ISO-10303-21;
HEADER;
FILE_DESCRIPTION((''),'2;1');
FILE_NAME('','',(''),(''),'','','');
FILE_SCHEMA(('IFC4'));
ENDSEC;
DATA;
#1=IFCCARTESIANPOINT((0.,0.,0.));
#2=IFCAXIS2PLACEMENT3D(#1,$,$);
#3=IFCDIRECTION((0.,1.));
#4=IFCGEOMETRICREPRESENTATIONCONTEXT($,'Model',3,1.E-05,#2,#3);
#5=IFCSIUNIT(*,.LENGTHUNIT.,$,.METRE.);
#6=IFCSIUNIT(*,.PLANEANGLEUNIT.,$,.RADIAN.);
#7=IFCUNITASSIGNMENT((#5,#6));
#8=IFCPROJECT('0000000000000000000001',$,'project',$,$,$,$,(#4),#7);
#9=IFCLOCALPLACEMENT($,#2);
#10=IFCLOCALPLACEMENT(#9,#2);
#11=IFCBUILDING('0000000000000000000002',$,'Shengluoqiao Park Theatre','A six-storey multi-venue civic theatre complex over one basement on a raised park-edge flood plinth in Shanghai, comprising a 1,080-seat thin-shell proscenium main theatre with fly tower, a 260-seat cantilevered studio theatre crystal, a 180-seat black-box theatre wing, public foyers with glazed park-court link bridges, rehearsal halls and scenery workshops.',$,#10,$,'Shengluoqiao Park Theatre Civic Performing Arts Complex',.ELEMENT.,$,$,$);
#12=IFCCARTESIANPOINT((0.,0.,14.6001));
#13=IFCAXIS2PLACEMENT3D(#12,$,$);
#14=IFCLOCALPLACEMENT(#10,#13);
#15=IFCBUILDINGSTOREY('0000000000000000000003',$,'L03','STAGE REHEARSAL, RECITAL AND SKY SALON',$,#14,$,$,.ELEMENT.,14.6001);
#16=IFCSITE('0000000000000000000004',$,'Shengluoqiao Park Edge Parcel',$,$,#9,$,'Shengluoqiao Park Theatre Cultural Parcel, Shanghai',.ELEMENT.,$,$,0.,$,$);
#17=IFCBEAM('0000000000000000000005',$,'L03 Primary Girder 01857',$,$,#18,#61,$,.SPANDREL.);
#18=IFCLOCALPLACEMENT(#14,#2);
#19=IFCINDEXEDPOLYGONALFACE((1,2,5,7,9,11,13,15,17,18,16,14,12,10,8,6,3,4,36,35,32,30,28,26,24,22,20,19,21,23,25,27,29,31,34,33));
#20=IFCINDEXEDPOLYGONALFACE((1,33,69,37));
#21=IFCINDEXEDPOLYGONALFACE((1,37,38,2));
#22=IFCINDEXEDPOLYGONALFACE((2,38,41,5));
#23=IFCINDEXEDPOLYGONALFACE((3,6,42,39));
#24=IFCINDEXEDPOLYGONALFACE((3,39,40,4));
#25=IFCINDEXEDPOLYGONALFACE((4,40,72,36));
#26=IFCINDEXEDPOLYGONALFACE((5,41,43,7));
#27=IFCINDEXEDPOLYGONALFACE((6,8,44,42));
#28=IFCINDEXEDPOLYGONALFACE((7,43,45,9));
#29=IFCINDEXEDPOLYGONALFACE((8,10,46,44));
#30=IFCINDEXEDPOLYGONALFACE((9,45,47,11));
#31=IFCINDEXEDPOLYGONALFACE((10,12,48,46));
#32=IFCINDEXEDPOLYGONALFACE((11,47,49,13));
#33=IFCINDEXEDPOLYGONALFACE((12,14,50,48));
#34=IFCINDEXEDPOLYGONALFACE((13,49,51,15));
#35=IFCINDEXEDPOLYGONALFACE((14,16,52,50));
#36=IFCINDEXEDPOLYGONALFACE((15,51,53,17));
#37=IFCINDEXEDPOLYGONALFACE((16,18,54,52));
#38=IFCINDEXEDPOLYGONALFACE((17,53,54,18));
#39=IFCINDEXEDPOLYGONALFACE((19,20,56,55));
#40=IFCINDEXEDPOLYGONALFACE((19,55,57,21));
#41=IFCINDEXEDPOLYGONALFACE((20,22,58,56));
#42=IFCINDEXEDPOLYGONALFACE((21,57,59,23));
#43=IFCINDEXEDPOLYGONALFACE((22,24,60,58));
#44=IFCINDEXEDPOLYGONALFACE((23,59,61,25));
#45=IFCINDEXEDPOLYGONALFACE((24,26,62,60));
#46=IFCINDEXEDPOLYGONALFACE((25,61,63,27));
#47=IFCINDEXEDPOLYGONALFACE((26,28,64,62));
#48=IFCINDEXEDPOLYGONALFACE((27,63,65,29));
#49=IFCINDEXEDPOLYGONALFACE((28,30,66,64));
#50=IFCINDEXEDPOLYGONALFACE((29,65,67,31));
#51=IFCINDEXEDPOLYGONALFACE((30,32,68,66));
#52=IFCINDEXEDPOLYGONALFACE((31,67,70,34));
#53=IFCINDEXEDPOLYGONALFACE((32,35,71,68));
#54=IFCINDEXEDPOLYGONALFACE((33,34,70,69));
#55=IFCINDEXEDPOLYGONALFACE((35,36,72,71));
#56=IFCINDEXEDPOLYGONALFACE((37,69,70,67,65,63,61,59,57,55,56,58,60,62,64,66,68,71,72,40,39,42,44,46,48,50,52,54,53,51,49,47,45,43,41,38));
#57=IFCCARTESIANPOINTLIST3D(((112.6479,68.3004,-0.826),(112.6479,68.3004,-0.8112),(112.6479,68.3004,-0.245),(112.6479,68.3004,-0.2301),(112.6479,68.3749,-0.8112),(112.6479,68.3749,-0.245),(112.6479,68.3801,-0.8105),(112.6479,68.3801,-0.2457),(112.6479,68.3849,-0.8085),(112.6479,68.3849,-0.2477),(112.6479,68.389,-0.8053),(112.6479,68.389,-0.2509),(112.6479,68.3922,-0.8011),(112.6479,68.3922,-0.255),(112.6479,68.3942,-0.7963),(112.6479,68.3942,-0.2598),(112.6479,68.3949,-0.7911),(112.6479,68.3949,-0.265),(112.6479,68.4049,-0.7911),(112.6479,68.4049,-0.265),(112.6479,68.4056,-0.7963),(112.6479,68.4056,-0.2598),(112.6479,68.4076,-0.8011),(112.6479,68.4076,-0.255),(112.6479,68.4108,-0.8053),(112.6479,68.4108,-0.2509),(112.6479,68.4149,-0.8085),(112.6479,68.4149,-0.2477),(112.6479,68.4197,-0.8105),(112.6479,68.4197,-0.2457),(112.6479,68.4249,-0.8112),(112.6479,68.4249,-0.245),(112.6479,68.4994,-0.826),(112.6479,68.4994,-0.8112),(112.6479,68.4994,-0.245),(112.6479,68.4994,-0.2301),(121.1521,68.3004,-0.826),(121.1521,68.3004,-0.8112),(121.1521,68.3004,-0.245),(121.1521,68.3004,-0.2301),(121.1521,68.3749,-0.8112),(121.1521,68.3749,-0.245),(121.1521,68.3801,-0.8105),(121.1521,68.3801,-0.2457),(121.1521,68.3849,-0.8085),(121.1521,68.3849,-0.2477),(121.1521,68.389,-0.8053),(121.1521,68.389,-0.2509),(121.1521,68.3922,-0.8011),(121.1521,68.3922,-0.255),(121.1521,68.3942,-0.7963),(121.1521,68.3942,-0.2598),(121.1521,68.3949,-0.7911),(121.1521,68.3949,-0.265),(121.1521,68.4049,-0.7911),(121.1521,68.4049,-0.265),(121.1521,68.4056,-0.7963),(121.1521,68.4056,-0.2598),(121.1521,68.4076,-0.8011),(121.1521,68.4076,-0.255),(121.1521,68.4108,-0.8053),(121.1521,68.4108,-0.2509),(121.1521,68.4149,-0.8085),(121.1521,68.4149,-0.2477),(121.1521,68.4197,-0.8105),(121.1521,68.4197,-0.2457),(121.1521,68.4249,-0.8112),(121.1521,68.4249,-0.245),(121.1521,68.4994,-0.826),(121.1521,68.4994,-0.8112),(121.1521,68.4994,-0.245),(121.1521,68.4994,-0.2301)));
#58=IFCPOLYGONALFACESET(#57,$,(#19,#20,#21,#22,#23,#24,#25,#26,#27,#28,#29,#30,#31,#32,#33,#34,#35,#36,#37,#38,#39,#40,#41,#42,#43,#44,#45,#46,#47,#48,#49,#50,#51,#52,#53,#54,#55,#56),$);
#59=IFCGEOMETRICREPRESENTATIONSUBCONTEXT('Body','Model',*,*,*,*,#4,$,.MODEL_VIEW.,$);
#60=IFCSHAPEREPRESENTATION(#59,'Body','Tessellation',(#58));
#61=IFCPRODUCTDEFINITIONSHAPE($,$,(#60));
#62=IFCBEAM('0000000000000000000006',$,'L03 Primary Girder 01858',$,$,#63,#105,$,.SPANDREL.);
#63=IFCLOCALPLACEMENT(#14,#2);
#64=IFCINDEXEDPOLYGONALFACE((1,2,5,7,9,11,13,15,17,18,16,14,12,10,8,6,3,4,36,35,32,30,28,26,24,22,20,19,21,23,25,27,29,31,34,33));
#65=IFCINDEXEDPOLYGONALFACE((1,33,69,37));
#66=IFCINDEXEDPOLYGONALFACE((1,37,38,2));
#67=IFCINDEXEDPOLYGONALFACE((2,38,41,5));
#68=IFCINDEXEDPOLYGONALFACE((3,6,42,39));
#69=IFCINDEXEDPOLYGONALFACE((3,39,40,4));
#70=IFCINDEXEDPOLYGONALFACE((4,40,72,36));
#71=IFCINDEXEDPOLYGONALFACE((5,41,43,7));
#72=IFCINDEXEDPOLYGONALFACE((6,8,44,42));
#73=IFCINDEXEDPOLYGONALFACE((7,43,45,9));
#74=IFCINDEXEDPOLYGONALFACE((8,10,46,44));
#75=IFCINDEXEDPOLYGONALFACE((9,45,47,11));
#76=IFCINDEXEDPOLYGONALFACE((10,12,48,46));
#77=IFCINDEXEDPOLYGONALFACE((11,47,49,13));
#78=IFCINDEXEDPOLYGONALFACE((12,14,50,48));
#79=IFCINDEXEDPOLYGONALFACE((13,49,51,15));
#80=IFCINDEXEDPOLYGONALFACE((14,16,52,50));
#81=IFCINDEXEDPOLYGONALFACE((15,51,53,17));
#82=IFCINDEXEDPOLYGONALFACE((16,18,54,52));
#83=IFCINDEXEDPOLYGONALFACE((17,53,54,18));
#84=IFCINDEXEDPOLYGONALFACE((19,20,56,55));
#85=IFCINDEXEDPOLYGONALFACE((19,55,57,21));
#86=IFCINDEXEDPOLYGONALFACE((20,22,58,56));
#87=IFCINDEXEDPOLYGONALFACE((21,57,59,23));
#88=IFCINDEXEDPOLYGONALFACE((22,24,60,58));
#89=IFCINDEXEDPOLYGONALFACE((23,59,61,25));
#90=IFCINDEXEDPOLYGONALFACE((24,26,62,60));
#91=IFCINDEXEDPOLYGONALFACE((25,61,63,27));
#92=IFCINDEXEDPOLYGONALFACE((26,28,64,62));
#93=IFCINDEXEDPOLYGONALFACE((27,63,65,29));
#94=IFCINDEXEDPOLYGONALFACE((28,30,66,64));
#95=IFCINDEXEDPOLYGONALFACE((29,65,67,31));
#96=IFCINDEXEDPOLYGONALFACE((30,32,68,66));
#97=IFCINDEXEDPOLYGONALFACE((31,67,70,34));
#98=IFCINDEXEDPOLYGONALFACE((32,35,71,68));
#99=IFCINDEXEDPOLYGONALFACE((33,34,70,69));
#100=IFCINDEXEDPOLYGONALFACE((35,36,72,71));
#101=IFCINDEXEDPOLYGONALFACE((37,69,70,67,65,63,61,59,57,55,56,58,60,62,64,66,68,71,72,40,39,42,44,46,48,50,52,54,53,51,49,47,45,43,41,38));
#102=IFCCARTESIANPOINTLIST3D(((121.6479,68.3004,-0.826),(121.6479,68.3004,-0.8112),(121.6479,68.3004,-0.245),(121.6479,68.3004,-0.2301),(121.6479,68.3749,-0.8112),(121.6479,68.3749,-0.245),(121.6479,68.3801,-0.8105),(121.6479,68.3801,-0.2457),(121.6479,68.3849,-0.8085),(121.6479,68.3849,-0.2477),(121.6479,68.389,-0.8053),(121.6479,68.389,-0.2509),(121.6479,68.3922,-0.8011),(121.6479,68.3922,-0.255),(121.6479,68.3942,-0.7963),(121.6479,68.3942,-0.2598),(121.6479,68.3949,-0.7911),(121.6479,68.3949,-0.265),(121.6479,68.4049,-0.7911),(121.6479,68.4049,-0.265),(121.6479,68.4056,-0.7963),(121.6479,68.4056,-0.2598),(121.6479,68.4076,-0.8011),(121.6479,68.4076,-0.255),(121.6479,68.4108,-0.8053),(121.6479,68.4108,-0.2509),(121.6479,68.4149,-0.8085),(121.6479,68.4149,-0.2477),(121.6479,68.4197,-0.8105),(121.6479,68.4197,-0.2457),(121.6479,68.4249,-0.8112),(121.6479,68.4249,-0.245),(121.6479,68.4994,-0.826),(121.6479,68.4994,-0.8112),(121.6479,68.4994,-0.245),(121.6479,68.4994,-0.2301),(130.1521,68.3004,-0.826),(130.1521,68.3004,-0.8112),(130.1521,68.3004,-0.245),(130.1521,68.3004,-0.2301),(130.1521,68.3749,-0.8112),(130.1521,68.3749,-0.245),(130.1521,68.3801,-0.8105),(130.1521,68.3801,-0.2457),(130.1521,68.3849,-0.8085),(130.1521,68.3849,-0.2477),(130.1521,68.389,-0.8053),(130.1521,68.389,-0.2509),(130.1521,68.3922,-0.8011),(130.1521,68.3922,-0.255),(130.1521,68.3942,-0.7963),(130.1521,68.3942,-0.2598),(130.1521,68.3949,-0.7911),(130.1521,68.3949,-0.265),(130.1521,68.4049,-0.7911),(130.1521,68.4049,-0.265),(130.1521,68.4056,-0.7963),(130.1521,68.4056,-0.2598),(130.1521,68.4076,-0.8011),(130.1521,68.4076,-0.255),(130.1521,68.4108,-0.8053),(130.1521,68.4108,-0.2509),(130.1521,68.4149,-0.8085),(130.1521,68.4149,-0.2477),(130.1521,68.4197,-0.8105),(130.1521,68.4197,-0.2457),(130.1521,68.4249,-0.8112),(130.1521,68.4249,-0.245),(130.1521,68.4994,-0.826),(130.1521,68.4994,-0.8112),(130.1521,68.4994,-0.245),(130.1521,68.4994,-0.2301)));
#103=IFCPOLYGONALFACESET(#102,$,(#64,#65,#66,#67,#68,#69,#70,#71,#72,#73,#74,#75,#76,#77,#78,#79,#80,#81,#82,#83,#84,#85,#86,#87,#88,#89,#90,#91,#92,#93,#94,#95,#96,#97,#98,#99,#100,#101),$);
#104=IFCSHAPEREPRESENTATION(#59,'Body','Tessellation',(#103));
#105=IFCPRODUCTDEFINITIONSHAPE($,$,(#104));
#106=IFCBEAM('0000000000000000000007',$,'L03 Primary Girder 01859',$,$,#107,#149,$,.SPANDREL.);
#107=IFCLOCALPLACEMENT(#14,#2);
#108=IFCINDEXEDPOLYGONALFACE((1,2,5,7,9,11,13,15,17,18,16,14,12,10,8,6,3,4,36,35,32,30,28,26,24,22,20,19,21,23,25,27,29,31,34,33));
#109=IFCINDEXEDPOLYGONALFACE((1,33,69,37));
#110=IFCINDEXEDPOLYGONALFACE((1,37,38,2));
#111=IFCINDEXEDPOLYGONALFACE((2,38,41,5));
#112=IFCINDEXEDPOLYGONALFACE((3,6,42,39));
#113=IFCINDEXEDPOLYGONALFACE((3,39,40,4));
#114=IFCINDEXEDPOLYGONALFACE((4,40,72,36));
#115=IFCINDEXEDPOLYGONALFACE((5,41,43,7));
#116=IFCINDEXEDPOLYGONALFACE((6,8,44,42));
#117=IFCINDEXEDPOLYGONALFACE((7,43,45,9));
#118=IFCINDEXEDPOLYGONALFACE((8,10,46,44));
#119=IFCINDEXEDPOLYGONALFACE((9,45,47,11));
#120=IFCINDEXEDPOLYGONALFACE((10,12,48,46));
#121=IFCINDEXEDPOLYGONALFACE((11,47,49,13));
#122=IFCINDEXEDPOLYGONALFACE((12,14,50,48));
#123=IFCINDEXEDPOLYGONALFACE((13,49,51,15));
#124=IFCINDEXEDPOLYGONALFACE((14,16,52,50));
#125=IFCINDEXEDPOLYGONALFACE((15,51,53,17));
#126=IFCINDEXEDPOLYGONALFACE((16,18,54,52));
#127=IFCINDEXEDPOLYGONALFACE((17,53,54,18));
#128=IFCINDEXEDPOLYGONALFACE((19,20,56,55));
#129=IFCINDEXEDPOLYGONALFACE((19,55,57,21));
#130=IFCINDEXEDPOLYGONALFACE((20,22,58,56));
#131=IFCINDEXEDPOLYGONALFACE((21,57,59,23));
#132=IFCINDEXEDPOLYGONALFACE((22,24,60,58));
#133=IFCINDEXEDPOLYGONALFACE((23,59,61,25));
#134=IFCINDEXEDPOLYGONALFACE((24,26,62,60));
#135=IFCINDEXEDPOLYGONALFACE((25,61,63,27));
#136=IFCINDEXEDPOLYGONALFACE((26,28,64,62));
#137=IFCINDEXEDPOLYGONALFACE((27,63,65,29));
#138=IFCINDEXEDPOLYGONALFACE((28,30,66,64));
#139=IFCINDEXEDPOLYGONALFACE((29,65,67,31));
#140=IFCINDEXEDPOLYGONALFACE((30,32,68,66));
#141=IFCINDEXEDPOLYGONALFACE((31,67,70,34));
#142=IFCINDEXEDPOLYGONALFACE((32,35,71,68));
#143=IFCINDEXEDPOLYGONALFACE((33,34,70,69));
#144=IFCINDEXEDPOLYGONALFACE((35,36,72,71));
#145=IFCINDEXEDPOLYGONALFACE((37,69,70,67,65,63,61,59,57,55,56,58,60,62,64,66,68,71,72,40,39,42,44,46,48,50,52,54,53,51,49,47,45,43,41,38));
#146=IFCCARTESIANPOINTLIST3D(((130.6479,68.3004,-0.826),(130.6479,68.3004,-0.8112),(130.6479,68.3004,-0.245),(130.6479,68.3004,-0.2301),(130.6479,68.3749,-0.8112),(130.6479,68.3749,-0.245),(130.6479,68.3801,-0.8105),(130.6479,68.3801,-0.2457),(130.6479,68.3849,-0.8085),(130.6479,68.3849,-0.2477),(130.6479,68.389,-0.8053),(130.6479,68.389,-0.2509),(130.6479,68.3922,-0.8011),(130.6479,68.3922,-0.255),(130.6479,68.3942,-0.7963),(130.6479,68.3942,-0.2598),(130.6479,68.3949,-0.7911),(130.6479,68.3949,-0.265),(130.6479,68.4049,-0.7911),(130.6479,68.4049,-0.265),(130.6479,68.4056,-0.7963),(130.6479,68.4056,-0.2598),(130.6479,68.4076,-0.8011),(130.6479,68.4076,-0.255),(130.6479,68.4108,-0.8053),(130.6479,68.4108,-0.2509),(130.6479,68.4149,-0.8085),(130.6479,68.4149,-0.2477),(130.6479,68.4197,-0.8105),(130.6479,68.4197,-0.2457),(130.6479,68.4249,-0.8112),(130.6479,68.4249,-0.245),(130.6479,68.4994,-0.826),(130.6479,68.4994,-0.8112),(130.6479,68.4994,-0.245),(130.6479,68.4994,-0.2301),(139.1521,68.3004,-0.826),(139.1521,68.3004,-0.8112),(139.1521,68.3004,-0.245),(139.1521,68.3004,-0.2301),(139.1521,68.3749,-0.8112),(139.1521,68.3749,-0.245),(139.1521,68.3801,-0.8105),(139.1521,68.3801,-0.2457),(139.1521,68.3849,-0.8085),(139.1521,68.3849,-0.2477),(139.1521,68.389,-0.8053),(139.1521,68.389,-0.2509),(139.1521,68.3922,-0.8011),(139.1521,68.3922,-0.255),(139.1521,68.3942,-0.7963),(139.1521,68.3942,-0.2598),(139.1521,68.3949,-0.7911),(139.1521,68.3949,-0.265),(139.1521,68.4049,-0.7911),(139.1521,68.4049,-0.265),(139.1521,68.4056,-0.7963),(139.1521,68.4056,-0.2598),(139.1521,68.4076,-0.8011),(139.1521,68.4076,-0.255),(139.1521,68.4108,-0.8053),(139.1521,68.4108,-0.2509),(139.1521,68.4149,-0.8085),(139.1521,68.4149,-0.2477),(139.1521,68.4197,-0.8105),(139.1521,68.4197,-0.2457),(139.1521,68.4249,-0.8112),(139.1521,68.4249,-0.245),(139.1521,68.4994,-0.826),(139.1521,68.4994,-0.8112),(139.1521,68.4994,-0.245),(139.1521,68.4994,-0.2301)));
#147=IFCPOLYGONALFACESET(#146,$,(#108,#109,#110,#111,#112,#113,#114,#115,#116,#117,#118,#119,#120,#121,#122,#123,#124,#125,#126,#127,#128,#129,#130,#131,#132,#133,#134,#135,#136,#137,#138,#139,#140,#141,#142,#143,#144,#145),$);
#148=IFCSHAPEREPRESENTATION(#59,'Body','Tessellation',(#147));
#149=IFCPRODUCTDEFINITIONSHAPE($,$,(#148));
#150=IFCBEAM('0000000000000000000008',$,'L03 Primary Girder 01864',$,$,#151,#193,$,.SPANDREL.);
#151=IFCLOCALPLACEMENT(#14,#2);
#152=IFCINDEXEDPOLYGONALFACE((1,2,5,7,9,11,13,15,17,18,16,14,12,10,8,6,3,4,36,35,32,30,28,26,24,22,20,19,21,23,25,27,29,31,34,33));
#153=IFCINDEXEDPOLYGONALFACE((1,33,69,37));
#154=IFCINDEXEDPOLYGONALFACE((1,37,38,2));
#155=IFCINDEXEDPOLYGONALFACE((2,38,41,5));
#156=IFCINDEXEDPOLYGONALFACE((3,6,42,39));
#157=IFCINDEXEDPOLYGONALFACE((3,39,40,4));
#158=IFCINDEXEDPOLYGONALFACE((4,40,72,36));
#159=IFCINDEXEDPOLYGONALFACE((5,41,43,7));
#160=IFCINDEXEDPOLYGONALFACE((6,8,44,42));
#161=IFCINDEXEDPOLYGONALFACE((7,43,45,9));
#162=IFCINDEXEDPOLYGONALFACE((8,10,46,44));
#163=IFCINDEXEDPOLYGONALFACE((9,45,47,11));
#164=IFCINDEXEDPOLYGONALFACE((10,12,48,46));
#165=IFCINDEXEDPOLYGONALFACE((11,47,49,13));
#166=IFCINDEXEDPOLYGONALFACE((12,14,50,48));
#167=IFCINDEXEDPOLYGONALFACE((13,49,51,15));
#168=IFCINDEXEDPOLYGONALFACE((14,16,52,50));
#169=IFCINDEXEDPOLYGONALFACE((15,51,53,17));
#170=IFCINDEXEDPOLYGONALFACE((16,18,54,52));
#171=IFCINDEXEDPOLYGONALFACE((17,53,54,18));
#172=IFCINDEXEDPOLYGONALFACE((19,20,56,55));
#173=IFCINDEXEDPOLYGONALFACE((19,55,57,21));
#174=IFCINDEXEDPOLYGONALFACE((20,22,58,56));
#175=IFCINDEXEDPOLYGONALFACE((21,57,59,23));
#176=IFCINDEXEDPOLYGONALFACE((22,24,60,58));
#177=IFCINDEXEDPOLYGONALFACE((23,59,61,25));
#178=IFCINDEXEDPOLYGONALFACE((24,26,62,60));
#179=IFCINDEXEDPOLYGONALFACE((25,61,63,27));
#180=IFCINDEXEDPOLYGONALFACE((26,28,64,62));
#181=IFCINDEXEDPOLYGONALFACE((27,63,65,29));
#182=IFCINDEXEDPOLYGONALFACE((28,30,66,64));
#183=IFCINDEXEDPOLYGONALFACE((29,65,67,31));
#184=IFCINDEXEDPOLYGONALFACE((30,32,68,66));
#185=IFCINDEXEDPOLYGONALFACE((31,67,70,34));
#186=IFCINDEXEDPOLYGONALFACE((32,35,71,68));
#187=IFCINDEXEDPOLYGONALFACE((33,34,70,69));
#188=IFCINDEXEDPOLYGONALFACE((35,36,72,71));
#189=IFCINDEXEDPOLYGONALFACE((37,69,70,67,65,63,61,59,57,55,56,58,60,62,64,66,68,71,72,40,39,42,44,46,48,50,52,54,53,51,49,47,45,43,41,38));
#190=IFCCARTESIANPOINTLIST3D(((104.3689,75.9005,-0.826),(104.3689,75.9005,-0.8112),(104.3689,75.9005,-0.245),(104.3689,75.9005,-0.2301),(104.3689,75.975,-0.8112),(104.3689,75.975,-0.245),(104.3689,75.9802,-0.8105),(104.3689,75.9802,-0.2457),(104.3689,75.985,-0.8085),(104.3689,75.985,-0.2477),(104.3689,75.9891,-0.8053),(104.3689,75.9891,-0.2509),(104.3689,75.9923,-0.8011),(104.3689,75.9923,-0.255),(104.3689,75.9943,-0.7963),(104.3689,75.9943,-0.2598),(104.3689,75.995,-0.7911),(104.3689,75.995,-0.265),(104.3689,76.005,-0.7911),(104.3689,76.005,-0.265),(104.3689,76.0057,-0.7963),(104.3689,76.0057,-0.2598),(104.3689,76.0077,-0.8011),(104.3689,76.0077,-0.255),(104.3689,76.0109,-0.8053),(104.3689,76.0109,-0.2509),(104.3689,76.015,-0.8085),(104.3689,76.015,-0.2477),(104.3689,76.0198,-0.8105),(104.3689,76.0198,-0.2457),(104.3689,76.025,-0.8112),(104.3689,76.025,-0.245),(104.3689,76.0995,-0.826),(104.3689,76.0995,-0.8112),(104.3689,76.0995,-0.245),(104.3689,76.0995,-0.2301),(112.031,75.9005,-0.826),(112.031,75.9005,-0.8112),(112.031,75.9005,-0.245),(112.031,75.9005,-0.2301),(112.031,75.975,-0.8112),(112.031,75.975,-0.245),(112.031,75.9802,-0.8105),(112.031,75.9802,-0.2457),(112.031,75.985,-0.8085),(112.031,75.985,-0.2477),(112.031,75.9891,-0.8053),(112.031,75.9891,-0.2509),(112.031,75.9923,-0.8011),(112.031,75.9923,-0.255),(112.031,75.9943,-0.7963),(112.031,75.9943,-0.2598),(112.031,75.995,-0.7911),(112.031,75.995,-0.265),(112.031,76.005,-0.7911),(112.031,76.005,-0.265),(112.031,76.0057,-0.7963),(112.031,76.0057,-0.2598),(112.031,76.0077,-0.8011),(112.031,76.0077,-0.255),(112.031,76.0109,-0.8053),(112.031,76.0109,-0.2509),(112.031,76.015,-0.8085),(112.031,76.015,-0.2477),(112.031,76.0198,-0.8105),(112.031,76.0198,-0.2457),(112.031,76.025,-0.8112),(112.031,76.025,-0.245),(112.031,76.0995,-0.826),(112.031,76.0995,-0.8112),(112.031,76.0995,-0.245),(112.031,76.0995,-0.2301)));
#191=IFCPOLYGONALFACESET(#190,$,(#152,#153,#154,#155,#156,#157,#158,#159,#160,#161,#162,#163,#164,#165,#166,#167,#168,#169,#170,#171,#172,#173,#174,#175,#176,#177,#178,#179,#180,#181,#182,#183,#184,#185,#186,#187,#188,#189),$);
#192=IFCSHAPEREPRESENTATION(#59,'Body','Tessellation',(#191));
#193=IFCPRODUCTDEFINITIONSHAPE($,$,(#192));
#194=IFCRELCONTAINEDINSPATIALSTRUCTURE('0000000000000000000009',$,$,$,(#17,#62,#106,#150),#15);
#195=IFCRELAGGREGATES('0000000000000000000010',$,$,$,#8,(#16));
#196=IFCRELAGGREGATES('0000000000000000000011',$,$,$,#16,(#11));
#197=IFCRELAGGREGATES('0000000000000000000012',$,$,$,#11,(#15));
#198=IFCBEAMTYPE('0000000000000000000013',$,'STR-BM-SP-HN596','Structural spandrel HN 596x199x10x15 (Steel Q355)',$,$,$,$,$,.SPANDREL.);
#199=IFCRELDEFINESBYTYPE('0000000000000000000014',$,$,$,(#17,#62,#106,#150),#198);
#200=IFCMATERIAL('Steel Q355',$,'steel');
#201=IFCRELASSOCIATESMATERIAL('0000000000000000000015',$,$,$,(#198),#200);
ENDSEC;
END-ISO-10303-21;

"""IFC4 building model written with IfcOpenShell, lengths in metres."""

from ifc_helpers import new_model, si_unit, direction, frame, origin, origin_2d, place, context, subcontext, project, spatial, i_section, extrude, material, material_profile, profile_set, type_object, element, save


model = new_model("IFC4")

# Units and contexts
model_context = context("Model", 3, precision=1e-05, world=origin(), true_north=direction((0.0, 1.0)))
body_context = subcontext(model_context, "Body", "Model", "MODEL_VIEW")
ifc_project = project(units=[si_unit("LENGTHUNIT", "METRE"), si_unit("PLANEANGLEUNIT", "RADIAN")], contexts=[model_context])

# Site, building, storey
site_placement = place(None, origin())
site = spatial("IfcSite", under=ifc_project, at=site_placement, Name="Shengluoqiao Park Edge Parcel", LongName="Shengluoqiao Park Theatre Cultural Parcel, Shanghai", CompositionType="ELEMENT", RefElevation=0.0)
building_placement = place(site_placement, origin())
building = spatial("IfcBuilding", under=site, at=building_placement, Name="Shengluoqiao Park Theatre", Description="A six-storey multi-venue civic theatre complex over one basement on a raised park-edge flood plinth in Shanghai, comprising a 1,080-seat thin-shell proscenium main theatre with fly tower, a 260-seat cantilevered studio theatre crystal, a 180-seat black-box theatre wing, public foyers with glazed park-court link bridges, rehearsal halls and scenery workshops.", LongName="Shengluoqiao Park Theatre Civic Performing Arts Complex", CompositionType="ELEMENT")
storey_placement = place(building_placement, frame((0.0, 0.0, 14.6001)))
storey = spatial("IfcBuildingStorey", under=building, at=storey_placement, Name="L03", Description="STAGE REHEARSAL, RECITAL AND SKY SALON", CompositionType="ELEMENT", Elevation=14.6001)

# Beams
ifc_material = material(Name="Steel Q355", Category="steel")
ifc_material_profile_1 = material_profile(ifc_material, i_section(OverallWidth=0.199, OverallDepth=0.5959, WebThickness=0.01, FlangeThickness=0.0149, FilletRadius=0.02, at=origin_2d()), Name="HN 596x199x10x15")
ifc_profile_set_1 = profile_set([ifc_material_profile_1], Name="Steel Q355")
beam_type_1 = type_object("IfcBeamType", Name="STR-BM-SP-HN596", Description="Structural spandrel HN 596x199x10x15 (Steel Q355)", PredefinedType="SPANDREL", material=ifc_profile_set_1)
for number, where, z_axis, x_axis, name in (
    (1, (112.6479, 68.3999, -0.5281), (1.0, 0.0, 0.0), (0.0, 1.0, 0.0), "L03 Primary Girder 01857"),
    (2, (121.6479, 68.3999, -0.5281), (1.0, 0.0, 0.0), (0.0, 1.0, 0.0), "L03 Primary Girder 01858"),
    (3, (130.6479, 68.3999, -0.5281), (1.0, 0.0, 0.0), (0.0, 1.0, 0.0), "L03 Primary Girder 01859"),
):
    element("IfcBeam", number, at=place(storey_placement, frame(where, z_axis=z_axis, x_axis=x_axis)), inside=storey, type_object=beam_type_1, Name=name, PredefinedType="SPANDREL", context=body_context, shape_type="SweptSolid", body=[
        extrude(i_section(OverallWidth=0.199, OverallDepth=0.5959, WebThickness=0.01, FlangeThickness=0.0149, FilletRadius=0.02, at=origin_2d()), origin(), (0.0, 0.0, 1.0), 8.5042),
    ])
beam_1_placement = place(storey_placement, frame((104.3689, 76.0, -0.5281), z_axis=(1.0, 0.0, 0.0), x_axis=(0.0, 1.0, 0.0)))
element("IfcBeam", 4, at=beam_1_placement, inside=storey, type_object=beam_type_1, Name="L03 Primary Girder 01864", PredefinedType="SPANDREL", context=body_context, shape_type="SweptSolid", body=[
    extrude(i_section(OverallWidth=0.199, OverallDepth=0.5959, WebThickness=0.01, FlangeThickness=0.0149, FilletRadius=0.02, at=origin_2d()), origin(), (0.0, 0.0, 1.0), 7.6621),
])

save(model, "model.ifc")
